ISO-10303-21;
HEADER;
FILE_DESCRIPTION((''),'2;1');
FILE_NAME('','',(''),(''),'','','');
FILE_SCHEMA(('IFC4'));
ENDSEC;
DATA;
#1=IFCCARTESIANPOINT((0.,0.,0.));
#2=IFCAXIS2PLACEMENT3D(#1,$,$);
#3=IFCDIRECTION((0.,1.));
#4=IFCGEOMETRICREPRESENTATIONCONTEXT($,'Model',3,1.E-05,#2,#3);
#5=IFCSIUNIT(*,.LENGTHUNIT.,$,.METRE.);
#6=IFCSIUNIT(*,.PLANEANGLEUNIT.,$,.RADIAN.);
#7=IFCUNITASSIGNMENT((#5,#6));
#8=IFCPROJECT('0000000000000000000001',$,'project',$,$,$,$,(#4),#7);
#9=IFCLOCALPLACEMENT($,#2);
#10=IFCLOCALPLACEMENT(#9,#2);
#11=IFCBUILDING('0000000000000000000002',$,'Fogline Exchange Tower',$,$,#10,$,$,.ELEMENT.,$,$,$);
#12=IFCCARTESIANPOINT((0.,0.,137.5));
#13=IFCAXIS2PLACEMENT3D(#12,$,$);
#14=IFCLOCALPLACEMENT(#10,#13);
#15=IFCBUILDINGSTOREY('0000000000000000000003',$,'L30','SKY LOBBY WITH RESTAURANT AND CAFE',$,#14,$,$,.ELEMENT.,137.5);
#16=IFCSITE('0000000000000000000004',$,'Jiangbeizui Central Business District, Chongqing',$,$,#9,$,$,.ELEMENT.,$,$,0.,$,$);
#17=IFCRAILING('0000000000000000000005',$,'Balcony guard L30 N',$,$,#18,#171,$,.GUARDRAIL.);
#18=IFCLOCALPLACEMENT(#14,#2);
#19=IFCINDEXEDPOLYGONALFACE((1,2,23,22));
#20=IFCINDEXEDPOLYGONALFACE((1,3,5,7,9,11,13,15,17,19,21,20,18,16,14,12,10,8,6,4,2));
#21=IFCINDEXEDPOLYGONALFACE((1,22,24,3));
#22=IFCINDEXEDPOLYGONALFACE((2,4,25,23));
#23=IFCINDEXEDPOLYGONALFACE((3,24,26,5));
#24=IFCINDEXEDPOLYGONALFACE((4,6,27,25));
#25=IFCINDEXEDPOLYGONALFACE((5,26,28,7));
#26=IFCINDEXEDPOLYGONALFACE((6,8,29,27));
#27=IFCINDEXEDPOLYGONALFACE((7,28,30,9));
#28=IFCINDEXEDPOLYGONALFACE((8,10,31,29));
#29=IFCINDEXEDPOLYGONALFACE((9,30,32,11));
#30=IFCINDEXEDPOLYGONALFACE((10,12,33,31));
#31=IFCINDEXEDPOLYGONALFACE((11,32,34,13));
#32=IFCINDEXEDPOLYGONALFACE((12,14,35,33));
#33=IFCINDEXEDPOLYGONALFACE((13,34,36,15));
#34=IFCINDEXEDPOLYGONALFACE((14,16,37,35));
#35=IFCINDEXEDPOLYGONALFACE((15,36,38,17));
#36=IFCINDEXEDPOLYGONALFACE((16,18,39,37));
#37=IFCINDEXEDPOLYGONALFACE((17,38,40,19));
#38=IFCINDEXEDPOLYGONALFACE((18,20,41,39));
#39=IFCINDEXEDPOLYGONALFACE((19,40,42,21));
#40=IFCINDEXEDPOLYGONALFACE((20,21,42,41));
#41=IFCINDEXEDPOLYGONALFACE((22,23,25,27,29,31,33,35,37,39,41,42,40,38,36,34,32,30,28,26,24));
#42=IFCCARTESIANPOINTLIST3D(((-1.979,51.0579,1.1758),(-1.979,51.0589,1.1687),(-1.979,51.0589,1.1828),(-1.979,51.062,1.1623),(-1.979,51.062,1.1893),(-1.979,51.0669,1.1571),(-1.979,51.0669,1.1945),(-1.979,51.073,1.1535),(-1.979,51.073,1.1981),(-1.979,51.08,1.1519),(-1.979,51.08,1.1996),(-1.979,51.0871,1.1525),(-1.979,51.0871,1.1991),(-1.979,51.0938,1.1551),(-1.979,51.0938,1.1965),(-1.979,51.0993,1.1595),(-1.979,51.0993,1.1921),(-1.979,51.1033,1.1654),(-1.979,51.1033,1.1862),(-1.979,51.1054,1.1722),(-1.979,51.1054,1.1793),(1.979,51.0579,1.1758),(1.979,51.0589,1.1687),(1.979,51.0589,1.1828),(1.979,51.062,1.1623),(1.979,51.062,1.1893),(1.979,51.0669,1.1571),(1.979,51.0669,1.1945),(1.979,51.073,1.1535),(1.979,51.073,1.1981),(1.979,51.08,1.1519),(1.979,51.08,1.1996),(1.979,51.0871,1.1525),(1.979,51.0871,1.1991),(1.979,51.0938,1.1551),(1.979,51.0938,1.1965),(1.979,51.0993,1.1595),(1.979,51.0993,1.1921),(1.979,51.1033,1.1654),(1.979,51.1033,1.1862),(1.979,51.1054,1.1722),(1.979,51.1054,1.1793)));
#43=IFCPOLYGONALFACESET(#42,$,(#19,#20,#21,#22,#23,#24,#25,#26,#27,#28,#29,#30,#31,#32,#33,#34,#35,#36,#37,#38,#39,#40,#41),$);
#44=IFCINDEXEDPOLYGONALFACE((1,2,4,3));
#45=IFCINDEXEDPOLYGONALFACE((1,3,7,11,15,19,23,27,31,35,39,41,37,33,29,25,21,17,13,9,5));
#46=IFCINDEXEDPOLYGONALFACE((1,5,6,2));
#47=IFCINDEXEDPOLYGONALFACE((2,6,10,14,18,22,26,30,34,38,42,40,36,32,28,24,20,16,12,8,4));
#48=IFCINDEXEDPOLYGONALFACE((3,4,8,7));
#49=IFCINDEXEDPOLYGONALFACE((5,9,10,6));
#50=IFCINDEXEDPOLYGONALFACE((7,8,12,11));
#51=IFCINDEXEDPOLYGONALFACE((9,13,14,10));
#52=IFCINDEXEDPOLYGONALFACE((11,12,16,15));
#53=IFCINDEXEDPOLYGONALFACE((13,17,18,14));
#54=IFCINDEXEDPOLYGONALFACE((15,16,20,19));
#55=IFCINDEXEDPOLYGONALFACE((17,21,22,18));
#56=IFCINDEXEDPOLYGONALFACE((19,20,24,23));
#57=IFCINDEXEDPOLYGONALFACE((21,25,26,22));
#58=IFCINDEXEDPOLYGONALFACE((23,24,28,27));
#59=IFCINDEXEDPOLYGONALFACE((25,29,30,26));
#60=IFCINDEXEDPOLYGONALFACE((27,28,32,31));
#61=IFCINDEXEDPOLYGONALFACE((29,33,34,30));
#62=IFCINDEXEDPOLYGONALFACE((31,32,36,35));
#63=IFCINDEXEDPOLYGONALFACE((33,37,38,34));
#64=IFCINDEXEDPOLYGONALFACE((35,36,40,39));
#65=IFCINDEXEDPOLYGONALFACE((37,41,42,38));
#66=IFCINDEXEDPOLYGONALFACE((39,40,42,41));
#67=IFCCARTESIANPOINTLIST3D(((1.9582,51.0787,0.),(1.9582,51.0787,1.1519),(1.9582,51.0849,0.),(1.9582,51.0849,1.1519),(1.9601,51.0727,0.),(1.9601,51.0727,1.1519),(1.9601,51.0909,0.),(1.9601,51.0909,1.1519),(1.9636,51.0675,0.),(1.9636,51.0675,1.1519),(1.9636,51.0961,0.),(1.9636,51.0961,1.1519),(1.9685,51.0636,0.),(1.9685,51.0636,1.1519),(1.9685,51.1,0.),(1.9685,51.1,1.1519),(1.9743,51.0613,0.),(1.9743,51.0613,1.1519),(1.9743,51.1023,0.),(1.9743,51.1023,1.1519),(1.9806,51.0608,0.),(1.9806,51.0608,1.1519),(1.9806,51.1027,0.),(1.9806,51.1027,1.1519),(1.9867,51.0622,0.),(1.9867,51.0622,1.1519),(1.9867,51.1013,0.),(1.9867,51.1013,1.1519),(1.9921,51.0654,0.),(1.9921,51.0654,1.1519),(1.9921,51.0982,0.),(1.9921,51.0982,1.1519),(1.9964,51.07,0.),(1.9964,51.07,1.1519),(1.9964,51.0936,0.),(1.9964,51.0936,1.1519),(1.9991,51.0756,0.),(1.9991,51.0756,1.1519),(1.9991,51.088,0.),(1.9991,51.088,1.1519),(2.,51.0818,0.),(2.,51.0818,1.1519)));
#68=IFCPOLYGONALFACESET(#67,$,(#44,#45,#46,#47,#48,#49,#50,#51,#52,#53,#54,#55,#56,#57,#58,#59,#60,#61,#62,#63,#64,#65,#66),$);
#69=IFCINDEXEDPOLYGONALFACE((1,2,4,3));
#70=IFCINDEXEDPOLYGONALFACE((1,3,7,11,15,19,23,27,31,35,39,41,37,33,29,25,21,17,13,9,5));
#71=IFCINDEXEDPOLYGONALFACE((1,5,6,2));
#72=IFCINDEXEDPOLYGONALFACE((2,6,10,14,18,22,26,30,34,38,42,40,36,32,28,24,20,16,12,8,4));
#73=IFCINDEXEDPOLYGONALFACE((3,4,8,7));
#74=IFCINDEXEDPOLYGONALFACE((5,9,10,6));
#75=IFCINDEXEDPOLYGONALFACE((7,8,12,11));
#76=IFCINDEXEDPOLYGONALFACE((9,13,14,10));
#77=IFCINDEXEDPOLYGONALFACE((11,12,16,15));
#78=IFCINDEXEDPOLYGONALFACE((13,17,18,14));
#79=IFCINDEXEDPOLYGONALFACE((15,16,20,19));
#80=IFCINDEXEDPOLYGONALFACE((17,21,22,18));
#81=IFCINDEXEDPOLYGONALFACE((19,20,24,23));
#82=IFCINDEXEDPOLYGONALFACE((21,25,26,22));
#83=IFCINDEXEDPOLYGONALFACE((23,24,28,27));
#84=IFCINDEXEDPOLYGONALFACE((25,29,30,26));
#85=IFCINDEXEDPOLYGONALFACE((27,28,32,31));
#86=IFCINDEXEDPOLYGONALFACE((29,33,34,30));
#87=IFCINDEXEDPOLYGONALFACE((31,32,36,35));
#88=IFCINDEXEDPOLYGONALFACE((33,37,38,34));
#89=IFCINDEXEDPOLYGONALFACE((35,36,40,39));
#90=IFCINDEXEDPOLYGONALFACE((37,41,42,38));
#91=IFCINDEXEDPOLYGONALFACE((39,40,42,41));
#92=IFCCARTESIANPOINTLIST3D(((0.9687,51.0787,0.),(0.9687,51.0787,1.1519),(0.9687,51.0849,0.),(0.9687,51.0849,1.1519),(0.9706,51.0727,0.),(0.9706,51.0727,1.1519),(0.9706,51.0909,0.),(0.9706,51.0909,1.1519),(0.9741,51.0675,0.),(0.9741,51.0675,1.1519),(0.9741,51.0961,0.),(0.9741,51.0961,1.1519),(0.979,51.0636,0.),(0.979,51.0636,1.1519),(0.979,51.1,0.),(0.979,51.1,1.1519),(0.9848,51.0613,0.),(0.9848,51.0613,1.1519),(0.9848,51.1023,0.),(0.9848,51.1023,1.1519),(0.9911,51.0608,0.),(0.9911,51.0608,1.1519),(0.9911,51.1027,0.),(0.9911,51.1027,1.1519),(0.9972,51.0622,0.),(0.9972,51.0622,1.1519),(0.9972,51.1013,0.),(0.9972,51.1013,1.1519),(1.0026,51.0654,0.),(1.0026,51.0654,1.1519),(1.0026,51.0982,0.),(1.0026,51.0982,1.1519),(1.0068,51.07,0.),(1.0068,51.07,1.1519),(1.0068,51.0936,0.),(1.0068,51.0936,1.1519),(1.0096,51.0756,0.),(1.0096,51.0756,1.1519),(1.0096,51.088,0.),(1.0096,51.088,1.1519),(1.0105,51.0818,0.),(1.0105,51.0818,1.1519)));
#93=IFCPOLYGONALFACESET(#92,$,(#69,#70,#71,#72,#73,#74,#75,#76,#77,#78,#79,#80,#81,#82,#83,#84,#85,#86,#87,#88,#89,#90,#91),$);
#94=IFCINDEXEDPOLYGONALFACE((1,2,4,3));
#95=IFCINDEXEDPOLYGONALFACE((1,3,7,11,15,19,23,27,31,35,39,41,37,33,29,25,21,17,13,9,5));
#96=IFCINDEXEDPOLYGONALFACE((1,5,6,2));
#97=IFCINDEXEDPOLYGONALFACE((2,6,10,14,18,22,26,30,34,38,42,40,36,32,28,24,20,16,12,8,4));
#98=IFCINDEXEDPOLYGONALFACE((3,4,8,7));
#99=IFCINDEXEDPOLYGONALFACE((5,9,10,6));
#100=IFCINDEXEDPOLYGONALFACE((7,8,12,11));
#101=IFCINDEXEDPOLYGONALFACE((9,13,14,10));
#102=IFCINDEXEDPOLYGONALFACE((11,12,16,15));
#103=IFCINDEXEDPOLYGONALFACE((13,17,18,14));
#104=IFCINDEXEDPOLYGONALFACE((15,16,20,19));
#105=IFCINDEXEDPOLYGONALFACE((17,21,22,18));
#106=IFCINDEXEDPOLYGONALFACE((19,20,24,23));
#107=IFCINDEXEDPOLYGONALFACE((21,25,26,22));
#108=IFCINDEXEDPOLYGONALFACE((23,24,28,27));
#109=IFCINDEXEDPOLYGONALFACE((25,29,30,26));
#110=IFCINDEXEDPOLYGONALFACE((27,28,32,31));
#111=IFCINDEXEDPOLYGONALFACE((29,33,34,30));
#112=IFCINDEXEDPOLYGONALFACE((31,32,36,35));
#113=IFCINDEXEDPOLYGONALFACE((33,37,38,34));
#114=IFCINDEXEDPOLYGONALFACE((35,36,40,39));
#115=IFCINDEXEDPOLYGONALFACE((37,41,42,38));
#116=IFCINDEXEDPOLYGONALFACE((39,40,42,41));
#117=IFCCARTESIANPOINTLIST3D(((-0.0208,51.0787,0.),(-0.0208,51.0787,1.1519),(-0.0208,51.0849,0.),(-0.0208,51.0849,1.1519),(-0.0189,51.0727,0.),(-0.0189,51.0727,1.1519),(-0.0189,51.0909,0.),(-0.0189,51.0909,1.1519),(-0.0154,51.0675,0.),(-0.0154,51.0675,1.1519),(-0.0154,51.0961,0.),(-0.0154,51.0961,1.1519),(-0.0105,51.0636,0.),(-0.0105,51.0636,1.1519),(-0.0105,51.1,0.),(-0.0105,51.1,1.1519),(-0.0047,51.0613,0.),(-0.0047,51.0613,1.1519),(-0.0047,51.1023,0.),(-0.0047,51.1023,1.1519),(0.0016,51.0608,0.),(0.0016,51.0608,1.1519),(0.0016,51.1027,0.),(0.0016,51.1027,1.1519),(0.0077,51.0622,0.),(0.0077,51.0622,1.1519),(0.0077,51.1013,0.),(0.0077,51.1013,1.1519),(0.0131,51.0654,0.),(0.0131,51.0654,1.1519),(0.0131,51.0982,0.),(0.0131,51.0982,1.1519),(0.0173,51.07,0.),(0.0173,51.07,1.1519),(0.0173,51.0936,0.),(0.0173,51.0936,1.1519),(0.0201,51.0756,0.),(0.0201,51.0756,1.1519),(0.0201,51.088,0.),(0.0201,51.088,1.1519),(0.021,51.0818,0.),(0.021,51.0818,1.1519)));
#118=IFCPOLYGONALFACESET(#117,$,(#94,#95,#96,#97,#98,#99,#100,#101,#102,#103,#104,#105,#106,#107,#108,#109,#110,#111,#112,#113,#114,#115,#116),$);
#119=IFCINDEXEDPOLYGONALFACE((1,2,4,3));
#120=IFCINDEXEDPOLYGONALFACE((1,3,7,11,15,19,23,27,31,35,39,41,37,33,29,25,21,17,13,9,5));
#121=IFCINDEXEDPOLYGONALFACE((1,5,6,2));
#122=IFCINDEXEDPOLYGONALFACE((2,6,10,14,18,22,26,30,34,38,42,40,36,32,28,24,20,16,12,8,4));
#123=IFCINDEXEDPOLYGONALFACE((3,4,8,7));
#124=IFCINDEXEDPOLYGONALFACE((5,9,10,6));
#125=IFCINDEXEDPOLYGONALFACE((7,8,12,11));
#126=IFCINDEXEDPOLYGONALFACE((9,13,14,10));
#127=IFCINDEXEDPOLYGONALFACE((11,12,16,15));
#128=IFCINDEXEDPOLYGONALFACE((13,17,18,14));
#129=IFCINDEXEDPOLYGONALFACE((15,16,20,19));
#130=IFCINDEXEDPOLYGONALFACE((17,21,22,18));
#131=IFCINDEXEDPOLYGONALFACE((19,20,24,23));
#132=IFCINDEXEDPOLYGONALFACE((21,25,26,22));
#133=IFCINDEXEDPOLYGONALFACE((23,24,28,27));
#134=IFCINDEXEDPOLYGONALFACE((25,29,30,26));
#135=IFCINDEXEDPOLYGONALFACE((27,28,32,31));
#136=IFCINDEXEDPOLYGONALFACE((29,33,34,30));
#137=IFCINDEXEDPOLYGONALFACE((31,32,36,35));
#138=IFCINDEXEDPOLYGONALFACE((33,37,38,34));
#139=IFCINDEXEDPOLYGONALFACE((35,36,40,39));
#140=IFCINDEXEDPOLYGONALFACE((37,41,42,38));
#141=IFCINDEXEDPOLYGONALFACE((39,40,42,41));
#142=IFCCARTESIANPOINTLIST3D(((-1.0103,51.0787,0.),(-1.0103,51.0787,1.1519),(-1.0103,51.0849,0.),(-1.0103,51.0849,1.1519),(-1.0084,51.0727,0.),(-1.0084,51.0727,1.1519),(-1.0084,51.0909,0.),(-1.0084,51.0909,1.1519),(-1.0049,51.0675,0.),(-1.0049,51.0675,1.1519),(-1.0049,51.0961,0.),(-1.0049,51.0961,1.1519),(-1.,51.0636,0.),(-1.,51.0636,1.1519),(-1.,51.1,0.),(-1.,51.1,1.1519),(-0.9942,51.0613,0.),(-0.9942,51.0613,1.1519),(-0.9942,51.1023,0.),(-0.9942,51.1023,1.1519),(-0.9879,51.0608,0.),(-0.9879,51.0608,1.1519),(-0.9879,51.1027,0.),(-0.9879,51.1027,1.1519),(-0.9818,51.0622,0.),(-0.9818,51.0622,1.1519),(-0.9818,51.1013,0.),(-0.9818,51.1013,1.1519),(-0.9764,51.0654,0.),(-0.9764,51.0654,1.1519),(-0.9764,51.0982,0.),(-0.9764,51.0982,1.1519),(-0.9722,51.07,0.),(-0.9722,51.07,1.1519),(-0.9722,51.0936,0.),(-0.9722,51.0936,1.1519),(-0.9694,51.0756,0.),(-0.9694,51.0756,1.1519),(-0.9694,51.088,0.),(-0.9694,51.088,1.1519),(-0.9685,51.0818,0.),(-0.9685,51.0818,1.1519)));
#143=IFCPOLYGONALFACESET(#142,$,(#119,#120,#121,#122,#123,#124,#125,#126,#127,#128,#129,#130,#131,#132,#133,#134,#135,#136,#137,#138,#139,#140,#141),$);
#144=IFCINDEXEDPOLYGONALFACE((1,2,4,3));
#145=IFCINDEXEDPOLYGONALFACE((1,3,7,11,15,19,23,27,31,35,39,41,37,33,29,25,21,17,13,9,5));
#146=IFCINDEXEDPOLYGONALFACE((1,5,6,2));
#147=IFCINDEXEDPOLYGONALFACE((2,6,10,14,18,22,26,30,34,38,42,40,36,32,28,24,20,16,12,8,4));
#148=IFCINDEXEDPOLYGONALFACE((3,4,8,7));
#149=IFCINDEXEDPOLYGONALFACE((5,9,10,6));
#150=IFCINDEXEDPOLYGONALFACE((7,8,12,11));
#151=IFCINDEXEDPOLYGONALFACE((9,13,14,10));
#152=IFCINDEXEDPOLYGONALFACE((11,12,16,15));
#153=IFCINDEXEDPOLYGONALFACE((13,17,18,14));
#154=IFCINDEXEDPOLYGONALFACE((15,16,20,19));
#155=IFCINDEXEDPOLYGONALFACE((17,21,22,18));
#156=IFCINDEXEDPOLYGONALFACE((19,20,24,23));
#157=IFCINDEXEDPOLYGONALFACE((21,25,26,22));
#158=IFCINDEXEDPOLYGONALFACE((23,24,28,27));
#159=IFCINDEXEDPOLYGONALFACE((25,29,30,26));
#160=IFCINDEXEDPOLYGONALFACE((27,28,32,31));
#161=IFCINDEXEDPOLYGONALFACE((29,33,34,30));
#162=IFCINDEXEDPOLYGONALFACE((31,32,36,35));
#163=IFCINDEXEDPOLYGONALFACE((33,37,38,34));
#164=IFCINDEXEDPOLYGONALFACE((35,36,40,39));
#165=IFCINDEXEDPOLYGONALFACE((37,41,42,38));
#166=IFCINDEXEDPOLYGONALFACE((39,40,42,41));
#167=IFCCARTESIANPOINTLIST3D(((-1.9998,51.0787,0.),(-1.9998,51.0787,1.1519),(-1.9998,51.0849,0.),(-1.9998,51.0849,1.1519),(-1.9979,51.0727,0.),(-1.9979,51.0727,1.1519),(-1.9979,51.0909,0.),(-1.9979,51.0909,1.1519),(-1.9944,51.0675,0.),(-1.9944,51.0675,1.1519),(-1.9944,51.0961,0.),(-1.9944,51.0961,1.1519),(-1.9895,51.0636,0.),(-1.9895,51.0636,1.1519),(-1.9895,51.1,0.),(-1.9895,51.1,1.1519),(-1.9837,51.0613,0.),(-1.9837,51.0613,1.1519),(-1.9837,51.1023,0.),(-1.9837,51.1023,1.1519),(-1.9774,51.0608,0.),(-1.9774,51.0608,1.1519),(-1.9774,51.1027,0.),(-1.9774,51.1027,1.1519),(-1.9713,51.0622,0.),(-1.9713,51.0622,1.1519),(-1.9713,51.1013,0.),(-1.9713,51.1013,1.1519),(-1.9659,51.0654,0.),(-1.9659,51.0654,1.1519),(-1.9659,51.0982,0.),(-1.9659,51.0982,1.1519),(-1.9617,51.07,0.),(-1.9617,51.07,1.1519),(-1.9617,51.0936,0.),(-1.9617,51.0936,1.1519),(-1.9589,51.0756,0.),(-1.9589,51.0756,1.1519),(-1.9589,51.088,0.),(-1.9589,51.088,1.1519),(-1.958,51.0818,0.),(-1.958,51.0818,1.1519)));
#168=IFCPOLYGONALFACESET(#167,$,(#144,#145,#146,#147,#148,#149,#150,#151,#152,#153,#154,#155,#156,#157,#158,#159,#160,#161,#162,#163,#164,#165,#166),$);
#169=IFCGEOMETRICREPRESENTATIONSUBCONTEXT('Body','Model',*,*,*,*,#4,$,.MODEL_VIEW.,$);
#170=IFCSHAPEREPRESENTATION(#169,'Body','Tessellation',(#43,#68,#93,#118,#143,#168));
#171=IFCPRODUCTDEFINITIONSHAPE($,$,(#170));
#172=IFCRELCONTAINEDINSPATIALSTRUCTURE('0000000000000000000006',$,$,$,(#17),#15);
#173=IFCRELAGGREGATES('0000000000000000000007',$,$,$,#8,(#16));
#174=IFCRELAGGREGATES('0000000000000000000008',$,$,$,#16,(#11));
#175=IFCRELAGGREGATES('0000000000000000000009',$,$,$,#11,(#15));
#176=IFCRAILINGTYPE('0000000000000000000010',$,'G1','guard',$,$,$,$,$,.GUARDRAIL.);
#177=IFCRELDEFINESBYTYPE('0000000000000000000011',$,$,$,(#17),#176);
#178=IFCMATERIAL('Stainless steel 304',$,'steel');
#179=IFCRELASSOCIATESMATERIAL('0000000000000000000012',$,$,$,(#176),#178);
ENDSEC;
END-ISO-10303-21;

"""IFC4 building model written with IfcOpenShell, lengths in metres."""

from ifc_helpers import new_model, si_unit, direction, frame, origin, origin_2d, place, context, subcontext, project, spatial, circle, extrude, material, type_object, element, save


model = new_model("IFC4")

# Units and contexts
model_context = context("Model", 3, precision=1e-05, world=origin(), true_north=direction((0.0, 1.0)))
body_context = subcontext(model_context, "Body", "Model", "MODEL_VIEW")
ifc_project = project(units=[si_unit("LENGTHUNIT", "METRE"), si_unit("PLANEANGLEUNIT", "RADIAN")], contexts=[model_context])

# Site, building, storey
site_placement = place(None, origin())
site = spatial("IfcSite", under=ifc_project, at=site_placement, Name="Jiangbeizui Central Business District, Chongqing", CompositionType="ELEMENT", RefElevation=0.0)
building_placement = place(site_placement, origin())
building = spatial("IfcBuilding", under=site, at=building_placement, Name="Fogline Exchange Tower", CompositionType="ELEMENT")
storey_placement = place(building_placement, frame((0.0, 0.0, 137.5)))
storey = spatial("IfcBuildingStorey", under=building, at=storey_placement, Name="L30", Description="SKY LOBBY WITH RESTAURANT AND CAFE", CompositionType="ELEMENT", Elevation=137.5)

# Railing
ifc_material_1 = material(Name="Stainless steel 304", Category="steel")
railing_type = type_object("IfcRailingType", Name="G1", Description="guard", PredefinedType="GUARDRAIL", material=ifc_material_1)
railing_placement = place(storey_placement, frame((1.979, 51.0818, 0.0)))
element("IfcRailing", 1, at=railing_placement, inside=storey, type_object=railing_type, Name="Balcony guard L30 N", PredefinedType="GUARDRAIL", context=body_context, shape_type="SweptSolid", body=[
    extrude(circle(Radius=0.0239, at=origin_2d()), frame((0.0, 0.0, 1.1758), z_axis=(-1.0, 0.0, 0.0), x_axis=(0.0, -1.0, 0.0)), (0.0, 0.0, 1.0), 3.958),
    extrude(circle(Radius=0.021, at=origin_2d()), origin(), (0.0, 0.0, 1.0), 1.1519),
    extrude(circle(Radius=0.021, at=origin_2d()), frame((-0.9895, 0.0, 0.0)), (0.0, 0.0, 1.0), 1.1519),
    extrude(circle(Radius=0.021, at=origin_2d()), frame((-1.979, 0.0, 0.0)), (0.0, 0.0, 1.0), 1.1519),
    extrude(circle(Radius=0.021, at=origin_2d()), frame((-2.9685, 0.0, 0.0)), (0.0, 0.0, 1.0), 1.1519),
    extrude(circle(Radius=0.021, at=origin_2d()), frame((-3.958, 0.0, 0.0)), (0.0, 0.0, 1.0), 1.1519),
])

save(model, "model.ifc")
